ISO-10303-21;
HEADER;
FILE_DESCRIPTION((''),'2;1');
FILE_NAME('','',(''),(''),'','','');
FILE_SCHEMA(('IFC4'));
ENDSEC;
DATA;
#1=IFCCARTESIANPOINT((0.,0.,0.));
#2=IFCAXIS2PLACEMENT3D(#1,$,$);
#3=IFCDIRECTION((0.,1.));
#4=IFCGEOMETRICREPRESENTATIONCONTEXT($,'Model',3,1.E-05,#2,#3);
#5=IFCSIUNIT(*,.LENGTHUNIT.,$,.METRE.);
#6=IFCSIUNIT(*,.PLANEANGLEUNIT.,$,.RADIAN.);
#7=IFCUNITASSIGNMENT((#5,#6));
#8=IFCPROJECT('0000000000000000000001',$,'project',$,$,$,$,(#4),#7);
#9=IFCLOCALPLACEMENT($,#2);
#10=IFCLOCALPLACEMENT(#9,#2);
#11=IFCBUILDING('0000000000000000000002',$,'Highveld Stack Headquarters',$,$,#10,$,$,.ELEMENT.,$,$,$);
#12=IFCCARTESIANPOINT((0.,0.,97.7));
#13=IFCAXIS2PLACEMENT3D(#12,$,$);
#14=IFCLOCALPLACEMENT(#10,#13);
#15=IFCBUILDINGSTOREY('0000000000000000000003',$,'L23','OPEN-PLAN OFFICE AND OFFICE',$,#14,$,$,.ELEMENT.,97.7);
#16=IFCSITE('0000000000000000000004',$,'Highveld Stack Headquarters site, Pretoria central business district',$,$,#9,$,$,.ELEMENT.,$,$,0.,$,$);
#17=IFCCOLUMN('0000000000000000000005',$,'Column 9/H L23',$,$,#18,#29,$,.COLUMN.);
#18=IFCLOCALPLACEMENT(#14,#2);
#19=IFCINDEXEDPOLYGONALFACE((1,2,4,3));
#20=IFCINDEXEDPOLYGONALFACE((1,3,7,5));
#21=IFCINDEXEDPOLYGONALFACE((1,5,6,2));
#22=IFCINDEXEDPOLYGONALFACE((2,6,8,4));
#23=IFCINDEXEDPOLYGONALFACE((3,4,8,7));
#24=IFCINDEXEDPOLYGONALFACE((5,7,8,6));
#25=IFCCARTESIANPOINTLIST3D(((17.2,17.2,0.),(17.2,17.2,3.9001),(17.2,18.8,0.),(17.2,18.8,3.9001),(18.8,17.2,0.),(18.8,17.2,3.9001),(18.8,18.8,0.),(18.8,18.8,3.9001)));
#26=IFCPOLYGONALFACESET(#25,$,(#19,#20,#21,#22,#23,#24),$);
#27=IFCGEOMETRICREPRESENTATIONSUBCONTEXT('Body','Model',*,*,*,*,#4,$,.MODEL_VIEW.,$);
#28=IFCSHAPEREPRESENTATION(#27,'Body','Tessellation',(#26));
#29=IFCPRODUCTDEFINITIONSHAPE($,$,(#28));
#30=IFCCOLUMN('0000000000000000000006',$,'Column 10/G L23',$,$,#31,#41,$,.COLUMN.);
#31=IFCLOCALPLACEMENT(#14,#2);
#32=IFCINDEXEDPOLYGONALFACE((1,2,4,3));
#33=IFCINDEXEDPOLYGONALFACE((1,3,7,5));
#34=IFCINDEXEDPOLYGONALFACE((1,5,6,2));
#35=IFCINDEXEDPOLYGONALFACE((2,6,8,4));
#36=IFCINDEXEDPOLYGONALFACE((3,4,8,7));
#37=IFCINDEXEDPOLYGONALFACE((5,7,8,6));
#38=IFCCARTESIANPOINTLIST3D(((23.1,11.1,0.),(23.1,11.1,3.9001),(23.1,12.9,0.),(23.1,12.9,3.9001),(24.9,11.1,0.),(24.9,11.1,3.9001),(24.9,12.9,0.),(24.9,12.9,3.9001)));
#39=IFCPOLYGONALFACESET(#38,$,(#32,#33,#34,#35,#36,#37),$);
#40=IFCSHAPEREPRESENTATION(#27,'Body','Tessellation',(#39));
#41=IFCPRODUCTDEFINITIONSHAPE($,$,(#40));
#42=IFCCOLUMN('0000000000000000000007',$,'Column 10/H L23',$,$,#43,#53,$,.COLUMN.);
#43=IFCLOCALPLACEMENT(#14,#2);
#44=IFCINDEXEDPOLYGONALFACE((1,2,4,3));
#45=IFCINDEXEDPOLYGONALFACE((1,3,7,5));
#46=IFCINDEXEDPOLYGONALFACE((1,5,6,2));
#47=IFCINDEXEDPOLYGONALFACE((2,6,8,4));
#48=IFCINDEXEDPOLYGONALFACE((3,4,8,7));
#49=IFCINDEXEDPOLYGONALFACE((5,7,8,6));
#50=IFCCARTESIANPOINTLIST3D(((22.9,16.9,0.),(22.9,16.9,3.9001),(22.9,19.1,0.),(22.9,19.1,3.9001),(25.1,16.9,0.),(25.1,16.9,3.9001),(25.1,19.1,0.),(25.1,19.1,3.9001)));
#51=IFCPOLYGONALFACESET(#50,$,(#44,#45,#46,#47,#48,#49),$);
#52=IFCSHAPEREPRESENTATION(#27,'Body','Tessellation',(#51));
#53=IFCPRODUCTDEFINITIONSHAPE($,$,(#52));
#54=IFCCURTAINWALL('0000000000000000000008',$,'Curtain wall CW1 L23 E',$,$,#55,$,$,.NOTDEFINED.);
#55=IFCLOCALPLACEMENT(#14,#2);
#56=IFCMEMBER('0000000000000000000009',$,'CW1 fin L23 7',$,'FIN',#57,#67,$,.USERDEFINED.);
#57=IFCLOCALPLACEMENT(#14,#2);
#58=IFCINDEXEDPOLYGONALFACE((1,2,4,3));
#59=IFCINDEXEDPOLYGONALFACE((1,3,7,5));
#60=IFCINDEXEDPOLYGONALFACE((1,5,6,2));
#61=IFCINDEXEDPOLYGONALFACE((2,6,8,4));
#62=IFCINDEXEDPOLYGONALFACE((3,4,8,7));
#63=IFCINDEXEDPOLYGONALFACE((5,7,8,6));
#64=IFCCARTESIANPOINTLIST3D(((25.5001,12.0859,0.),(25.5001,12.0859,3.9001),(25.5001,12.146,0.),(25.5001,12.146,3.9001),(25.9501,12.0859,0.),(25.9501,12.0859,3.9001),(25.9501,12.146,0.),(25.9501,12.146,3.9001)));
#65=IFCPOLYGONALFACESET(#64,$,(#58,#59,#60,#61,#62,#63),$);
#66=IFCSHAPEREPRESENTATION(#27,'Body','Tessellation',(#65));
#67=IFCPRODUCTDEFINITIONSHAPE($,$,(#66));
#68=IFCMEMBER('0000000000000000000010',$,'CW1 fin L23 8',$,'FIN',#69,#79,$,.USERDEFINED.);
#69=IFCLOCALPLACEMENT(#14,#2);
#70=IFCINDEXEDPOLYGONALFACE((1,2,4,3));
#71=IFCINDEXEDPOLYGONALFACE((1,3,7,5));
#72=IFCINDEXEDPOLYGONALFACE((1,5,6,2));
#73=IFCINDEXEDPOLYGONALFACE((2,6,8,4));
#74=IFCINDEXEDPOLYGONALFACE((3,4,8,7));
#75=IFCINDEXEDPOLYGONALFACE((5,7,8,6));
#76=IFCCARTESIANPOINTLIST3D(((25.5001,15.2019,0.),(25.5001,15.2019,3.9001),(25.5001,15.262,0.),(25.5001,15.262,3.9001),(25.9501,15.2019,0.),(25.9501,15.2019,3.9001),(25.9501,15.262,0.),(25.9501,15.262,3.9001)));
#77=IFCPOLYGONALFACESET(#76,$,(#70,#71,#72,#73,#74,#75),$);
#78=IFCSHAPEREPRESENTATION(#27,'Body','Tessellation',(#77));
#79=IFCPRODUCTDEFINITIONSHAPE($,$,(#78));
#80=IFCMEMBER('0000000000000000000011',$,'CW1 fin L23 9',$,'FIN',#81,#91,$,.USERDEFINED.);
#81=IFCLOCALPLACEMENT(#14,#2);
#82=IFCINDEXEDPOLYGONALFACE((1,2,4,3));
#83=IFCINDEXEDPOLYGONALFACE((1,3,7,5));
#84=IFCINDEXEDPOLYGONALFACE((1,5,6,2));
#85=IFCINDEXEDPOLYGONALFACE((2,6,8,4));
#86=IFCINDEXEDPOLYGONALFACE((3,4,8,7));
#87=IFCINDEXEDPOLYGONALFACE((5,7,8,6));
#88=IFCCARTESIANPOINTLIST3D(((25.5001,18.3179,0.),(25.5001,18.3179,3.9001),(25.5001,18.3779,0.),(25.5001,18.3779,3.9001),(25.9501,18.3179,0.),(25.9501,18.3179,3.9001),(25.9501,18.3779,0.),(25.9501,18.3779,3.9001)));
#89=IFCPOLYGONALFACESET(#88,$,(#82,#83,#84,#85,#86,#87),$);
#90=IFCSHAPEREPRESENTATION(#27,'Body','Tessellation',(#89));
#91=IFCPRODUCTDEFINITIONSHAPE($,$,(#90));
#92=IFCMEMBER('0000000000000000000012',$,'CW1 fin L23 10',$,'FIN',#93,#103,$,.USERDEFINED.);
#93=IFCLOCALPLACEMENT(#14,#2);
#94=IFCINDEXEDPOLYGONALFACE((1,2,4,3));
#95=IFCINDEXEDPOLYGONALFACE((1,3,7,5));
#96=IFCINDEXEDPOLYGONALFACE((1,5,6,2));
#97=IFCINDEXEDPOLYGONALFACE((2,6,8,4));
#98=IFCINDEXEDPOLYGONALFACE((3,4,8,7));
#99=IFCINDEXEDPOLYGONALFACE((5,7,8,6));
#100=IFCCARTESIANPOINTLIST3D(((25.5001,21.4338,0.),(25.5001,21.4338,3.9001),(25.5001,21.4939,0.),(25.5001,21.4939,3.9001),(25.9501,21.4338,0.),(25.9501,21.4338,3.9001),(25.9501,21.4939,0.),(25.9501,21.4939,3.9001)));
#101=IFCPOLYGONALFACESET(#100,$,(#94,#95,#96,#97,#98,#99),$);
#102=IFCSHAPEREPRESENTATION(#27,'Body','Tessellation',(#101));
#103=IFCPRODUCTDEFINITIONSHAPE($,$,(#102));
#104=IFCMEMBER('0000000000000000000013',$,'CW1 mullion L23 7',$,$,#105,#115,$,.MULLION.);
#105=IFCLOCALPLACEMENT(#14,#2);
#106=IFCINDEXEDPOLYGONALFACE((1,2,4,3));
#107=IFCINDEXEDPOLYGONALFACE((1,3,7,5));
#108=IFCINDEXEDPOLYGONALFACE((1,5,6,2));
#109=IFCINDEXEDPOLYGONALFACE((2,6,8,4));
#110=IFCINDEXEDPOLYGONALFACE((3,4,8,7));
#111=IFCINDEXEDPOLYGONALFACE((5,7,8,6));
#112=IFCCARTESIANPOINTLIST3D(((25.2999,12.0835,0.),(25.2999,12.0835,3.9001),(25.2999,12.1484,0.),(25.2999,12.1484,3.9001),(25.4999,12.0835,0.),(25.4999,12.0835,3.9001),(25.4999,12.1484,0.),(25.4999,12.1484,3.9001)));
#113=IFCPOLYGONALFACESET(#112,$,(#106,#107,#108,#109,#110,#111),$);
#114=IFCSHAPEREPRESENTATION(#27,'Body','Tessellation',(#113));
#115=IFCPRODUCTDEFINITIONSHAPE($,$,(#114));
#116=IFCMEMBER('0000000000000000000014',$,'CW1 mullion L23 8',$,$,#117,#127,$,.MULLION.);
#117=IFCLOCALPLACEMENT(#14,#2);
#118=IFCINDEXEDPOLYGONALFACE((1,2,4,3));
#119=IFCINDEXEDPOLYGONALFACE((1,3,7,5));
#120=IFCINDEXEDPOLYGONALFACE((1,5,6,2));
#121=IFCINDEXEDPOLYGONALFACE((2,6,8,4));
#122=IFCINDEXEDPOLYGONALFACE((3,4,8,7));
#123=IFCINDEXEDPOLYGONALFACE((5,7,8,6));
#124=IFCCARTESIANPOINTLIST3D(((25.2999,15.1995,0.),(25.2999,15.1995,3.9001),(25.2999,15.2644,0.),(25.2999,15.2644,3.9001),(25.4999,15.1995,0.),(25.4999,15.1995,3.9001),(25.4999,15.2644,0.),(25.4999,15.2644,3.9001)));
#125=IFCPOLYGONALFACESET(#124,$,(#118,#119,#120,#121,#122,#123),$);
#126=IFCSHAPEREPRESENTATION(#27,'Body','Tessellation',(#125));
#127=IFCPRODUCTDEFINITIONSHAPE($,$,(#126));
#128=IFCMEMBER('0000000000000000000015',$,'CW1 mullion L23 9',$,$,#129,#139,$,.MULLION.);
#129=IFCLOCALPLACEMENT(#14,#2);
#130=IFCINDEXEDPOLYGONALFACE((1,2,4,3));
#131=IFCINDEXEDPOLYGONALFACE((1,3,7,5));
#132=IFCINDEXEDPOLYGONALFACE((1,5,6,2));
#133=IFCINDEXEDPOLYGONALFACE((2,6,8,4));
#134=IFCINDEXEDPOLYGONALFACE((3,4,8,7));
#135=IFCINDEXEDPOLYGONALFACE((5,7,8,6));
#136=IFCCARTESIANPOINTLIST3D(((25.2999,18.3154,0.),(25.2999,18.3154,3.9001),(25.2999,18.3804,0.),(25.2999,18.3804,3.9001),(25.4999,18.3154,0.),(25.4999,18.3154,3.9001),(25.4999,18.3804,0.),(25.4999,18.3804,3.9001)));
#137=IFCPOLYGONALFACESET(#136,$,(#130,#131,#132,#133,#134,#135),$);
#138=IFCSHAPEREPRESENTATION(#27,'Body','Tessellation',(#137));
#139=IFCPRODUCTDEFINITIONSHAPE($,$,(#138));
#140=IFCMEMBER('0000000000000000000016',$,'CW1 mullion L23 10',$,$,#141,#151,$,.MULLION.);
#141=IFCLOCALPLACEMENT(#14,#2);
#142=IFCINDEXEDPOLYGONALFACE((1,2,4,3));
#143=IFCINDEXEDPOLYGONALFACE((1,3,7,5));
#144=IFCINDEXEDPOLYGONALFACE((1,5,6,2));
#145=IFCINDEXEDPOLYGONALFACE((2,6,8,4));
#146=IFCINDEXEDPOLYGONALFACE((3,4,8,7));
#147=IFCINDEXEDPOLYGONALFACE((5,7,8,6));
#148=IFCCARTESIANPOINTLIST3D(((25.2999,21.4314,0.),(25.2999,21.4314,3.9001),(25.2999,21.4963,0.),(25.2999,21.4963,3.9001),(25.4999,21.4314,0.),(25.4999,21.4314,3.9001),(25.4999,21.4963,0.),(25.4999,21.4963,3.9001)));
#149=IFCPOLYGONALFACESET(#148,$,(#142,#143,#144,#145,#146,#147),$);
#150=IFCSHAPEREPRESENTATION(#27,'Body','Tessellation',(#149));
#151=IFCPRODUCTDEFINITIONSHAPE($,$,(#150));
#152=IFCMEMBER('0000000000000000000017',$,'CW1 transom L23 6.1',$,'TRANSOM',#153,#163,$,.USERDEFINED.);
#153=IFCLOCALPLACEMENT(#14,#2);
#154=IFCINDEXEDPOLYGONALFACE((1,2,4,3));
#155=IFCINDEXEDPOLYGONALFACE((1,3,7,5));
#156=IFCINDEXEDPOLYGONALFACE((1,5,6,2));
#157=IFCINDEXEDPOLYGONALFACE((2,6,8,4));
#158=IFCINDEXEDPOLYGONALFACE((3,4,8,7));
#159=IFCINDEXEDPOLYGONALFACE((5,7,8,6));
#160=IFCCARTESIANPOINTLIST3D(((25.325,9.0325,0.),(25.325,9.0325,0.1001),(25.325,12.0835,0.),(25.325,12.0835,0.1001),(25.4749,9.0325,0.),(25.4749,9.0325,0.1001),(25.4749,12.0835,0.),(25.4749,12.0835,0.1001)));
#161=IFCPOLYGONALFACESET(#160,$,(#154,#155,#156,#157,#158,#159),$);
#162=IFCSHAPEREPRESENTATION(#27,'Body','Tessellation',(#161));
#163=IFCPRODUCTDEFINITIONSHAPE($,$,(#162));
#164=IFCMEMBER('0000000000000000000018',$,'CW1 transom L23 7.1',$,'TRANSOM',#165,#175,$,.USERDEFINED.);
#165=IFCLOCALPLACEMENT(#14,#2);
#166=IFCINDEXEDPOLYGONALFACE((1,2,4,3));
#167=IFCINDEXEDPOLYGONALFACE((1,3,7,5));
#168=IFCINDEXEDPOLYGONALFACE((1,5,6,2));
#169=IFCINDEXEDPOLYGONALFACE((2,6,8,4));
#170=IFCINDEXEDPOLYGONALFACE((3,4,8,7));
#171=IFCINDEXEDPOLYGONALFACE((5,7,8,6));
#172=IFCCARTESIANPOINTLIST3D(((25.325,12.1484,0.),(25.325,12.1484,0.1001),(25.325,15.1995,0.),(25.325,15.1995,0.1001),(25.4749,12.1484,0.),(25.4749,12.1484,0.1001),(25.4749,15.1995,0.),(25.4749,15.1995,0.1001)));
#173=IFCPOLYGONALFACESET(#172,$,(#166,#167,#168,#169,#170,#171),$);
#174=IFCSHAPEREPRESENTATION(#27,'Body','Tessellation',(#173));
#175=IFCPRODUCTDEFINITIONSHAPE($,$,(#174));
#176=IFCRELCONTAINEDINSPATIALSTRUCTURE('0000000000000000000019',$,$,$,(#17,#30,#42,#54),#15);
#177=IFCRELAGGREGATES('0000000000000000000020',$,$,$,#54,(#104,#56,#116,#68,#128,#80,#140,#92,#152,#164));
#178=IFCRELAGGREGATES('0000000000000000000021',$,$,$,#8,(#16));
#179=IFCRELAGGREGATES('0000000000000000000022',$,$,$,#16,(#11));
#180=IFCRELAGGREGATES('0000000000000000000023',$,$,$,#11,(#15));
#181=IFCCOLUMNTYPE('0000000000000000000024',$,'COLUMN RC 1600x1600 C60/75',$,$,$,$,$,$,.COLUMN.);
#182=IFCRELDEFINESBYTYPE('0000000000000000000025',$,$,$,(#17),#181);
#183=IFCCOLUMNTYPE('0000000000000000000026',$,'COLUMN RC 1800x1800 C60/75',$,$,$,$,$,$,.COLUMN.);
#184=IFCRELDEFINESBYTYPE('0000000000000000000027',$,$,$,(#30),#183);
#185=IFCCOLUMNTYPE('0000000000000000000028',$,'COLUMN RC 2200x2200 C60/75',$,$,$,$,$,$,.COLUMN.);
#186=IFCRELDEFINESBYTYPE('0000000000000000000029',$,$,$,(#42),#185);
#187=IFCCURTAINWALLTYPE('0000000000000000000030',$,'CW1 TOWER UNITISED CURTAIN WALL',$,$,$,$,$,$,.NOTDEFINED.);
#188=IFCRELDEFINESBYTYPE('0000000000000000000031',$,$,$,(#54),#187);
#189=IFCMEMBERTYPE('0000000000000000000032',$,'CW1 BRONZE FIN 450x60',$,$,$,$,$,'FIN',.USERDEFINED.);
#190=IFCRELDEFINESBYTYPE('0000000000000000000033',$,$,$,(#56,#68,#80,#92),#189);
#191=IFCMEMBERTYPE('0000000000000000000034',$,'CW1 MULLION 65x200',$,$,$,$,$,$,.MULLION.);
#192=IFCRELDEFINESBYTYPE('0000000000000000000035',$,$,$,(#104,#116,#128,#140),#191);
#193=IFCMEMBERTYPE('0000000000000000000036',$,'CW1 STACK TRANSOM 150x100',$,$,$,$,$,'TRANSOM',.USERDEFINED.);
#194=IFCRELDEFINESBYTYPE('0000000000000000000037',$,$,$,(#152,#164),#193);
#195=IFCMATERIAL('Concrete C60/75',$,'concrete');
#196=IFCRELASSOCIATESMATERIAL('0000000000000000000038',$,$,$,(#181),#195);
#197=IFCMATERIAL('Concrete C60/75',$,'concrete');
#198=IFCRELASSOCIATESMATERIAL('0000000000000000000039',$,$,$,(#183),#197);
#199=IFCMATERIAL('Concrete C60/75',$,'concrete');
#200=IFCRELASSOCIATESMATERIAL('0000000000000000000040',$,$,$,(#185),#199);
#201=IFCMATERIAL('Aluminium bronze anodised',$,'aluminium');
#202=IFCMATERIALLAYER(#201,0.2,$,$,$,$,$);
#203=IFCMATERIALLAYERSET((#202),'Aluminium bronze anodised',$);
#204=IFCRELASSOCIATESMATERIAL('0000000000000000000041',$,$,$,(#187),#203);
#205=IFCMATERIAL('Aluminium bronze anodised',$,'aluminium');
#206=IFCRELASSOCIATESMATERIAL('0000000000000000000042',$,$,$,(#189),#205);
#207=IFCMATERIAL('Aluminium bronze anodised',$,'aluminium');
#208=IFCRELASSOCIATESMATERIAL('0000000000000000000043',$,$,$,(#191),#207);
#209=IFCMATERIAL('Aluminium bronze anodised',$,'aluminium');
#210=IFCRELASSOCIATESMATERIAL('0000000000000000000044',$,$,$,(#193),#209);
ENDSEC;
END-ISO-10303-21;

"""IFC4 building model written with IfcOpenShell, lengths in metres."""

from ifc_helpers import new_model, si_unit, direction, frame, origin, origin_2d, place, context, subcontext, project, spatial, rectangle, extrude, material, layer, layer_set, material_profile, profile_set, type_object, element, aggregate, save


model = new_model("IFC4")

# Units and contexts
model_context = context("Model", 3, precision=1e-05, world=origin(), true_north=direction((0.0, 1.0)))
body_context = subcontext(model_context, "Body", "Model", "MODEL_VIEW")
ifc_project = project(units=[si_unit("LENGTHUNIT", "METRE"), si_unit("PLANEANGLEUNIT", "RADIAN")], contexts=[model_context])

# Site, building, storey
site_placement = place(None, origin())
site = spatial("IfcSite", under=ifc_project, at=site_placement, Name="Highveld Stack Headquarters site, Pretoria central business district", CompositionType="ELEMENT", RefElevation=0.0)
building_placement = place(site_placement, origin())
building = spatial("IfcBuilding", under=site, at=building_placement, Name="Highveld Stack Headquarters", CompositionType="ELEMENT")
storey_placement = place(building_placement, frame((0.0, 0.0, 97.7)))
storey = spatial("IfcBuildingStorey", under=building, at=storey_placement, Name="L23", Description="OPEN-PLAN OFFICE AND OFFICE", CompositionType="ELEMENT", Elevation=97.7)

# Columns
ifc_material_1 = material(Name="Concrete C60/75", Category="concrete")
ifc_material_profile_1 = material_profile(ifc_material_1, rectangle(XDim=1.6001, YDim=1.6001, at=origin_2d()), Name="RC 1600x1600")
ifc_profile_set_1 = profile_set([ifc_material_profile_1], Name="Concrete C60/75")
column_type_1 = type_object("IfcColumnType", Name="COLUMN RC 1600x1600 C60/75", PredefinedType="COLUMN", material=ifc_profile_set_1)
column_1_placement = place(storey_placement, frame((18.0, 18.0, 0.0), z_axis=(0.0, 0.0, 1.0), x_axis=(1.0, 0.0, 0.0)))
element("IfcColumn", 1, at=column_1_placement, inside=storey, type_object=column_type_1, Name="Column 9/H L23", PredefinedType="COLUMN", context=body_context, shape_type="SweptSolid", body=[
    extrude(rectangle(XDim=1.6001, YDim=1.6001, at=origin_2d()), origin(), (0.0, 0.0, 1.0), 3.9001),
])
ifc_material_2 = material(Name="Concrete C60/75", Category="concrete")
ifc_material_profile_2 = material_profile(ifc_material_2, rectangle(XDim=1.8, YDim=1.8, at=origin_2d()), Name="RC 1800x1800")
ifc_profile_set_2 = profile_set([ifc_material_profile_2], Name="Concrete C60/75")
column_type_2 = type_object("IfcColumnType", Name="COLUMN RC 1800x1800 C60/75", PredefinedType="COLUMN", material=ifc_profile_set_2)
column_2_placement = place(storey_placement, frame((24.0, 12.0, 0.0), z_axis=(0.0, 0.0, 1.0), x_axis=(1.0, 0.0, 0.0)))
element("IfcColumn", 2, at=column_2_placement, inside=storey, type_object=column_type_2, Name="Column 10/G L23", PredefinedType="COLUMN", context=body_context, shape_type="SweptSolid", body=[
    extrude(rectangle(XDim=1.8, YDim=1.8, at=origin_2d()), origin(), (0.0, 0.0, 1.0), 3.9001),
])
ifc_material_3 = material(Name="Concrete C60/75", Category="concrete")
ifc_material_profile_3 = material_profile(ifc_material_3, rectangle(XDim=2.2, YDim=2.2, at=origin_2d()), Name="RC 2200x2200")
ifc_profile_set_3 = profile_set([ifc_material_profile_3], Name="Concrete C60/75")
column_type_3 = type_object("IfcColumnType", Name="COLUMN RC 2200x2200 C60/75", PredefinedType="COLUMN", material=ifc_profile_set_3)
column_3_placement = place(storey_placement, frame((24.0, 18.0, 0.0), z_axis=(0.0, 0.0, 1.0), x_axis=(1.0, 0.0, 0.0)))
element("IfcColumn", 3, at=column_3_placement, inside=storey, type_object=column_type_3, Name="Column 10/H L23", PredefinedType="COLUMN", context=body_context, shape_type="SweptSolid", body=[
    extrude(rectangle(XDim=2.2, YDim=2.2, at=origin_2d()), origin(), (0.0, 0.0, 1.0), 3.9001),
])

# Curtain wall, members
ifc_material_4 = material(Name="Aluminium bronze anodised", Category="aluminium")
ifc_layer_1 = layer(ifc_material_4, 0.2)
ifc_layer_set_1 = layer_set([ifc_layer_1], Name="Aluminium bronze anodised")
curtain_wall_type = type_object("IfcCurtainWallType", Name="CW1 TOWER UNITISED CURTAIN WALL", PredefinedType="NOTDEFINED", material=ifc_layer_set_1)
curtain_wall_placement = place(storey_placement, origin())
curtain_wall = element("IfcCurtainWall", 4, at=curtain_wall_placement, inside=storey, type_object=curtain_wall_type, Name="Curtain wall CW1 L23 E", PredefinedType="NOTDEFINED")
ifc_material_5 = material(Name="Aluminium bronze anodised", Category="aluminium")
ifc_material_profile_4 = material_profile(ifc_material_5, rectangle(XDim=0.45, YDim=0.0601, at=origin_2d()), Name="FIN 450x60")
ifc_profile_set_4 = profile_set([ifc_material_profile_4], Name="Aluminium bronze anodised")
member_type_1 = type_object("IfcMemberType", Name="CW1 BRONZE FIN 450x60", ElementType="FIN", PredefinedType="USERDEFINED", material=ifc_profile_set_4)
member_1_placement = place(storey_placement, frame((25.7251, 12.116, 0.0), z_axis=(0.0, 0.0, 1.0), x_axis=(-1.0, 0.0, 0.0)))
member_1 = element("IfcMember", 5, at=member_1_placement, type_object=member_type_1, Name="CW1 fin L23 7", ObjectType="FIN", PredefinedType="USERDEFINED", context=body_context, shape_type="SweptSolid", body=[
    extrude(rectangle(XDim=0.45, YDim=0.0601, at=origin_2d()), origin(), (0.0, 0.0, 1.0), 3.9001),
])
member_2_placement = place(storey_placement, frame((25.7251, 15.2319, 0.0), z_axis=(0.0, 0.0, 1.0), x_axis=(-1.0, 0.0, 0.0)))
member_2 = element("IfcMember", 6, at=member_2_placement, type_object=member_type_1, Name="CW1 fin L23 8", ObjectType="FIN", PredefinedType="USERDEFINED", context=body_context, shape_type="SweptSolid", body=[
    extrude(rectangle(XDim=0.45, YDim=0.0601, at=origin_2d()), origin(), (0.0, 0.0, 1.0), 3.9001),
])
member_3_placement = place(storey_placement, frame((25.7251, 18.3479, 0.0), z_axis=(0.0, 0.0, 1.0), x_axis=(-1.0, 0.0, 0.0)))
member_3 = element("IfcMember", 7, at=member_3_placement, type_object=member_type_1, Name="CW1 fin L23 9", ObjectType="FIN", PredefinedType="USERDEFINED", context=body_context, shape_type="SweptSolid", body=[
    extrude(rectangle(XDim=0.45, YDim=0.0601, at=origin_2d()), origin(), (0.0, 0.0, 1.0), 3.9001),
])
member_4_placement = place(storey_placement, frame((25.7251, 21.4639, 0.0), z_axis=(0.0, 0.0, 1.0), x_axis=(-1.0, 0.0, 0.0)))
member_4 = element("IfcMember", 8, at=member_4_placement, type_object=member_type_1, Name="CW1 fin L23 10", ObjectType="FIN", PredefinedType="USERDEFINED", context=body_context, shape_type="SweptSolid", body=[
    extrude(rectangle(XDim=0.45, YDim=0.0601, at=origin_2d()), origin(), (0.0, 0.0, 1.0), 3.9001),
])
ifc_material_6 = material(Name="Aluminium bronze anodised", Category="aluminium")
ifc_material_profile_5 = material_profile(ifc_material_6, rectangle(XDim=0.2, YDim=0.0649, at=origin_2d()), Name="CW1 MULLION 65x200")
ifc_profile_set_5 = profile_set([ifc_material_profile_5], Name="Aluminium bronze anodised")
member_type_2 = type_object("IfcMemberType", Name="CW1 MULLION 65x200", PredefinedType="MULLION", material=ifc_profile_set_5)
member_5_placement = place(storey_placement, frame((25.3999, 12.116, 0.0), z_axis=(0.0, 0.0, 1.0), x_axis=(-1.0, 0.0, 0.0)))
member_5 = element("IfcMember", 9, at=member_5_placement, type_object=member_type_2, Name="CW1 mullion L23 7", PredefinedType="MULLION", context=body_context, shape_type="SweptSolid", body=[
    extrude(rectangle(XDim=0.2, YDim=0.0649, at=origin_2d()), origin(), (0.0, 0.0, 1.0), 3.9001),
])
member_6_placement = place(storey_placement, frame((25.3999, 15.2319, 0.0), z_axis=(0.0, 0.0, 1.0), x_axis=(-1.0, 0.0, 0.0)))
member_6 = element("IfcMember", 10, at=member_6_placement, type_object=member_type_2, Name="CW1 mullion L23 8", PredefinedType="MULLION", context=body_context, shape_type="SweptSolid", body=[
    extrude(rectangle(XDim=0.2, YDim=0.0649, at=origin_2d()), origin(), (0.0, 0.0, 1.0), 3.9001),
])
member_7_placement = place(storey_placement, frame((25.3999, 18.3479, 0.0), z_axis=(0.0, 0.0, 1.0), x_axis=(-1.0, 0.0, 0.0)))
member_7 = element("IfcMember", 11, at=member_7_placement, type_object=member_type_2, Name="CW1 mullion L23 9", PredefinedType="MULLION", context=body_context, shape_type="SweptSolid", body=[
    extrude(rectangle(XDim=0.2, YDim=0.0649, at=origin_2d()), origin(), (0.0, 0.0, 1.0), 3.9001),
])
member_8_placement = place(storey_placement, frame((25.3999, 21.4639, 0.0), z_axis=(0.0, 0.0, 1.0), x_axis=(-1.0, 0.0, 0.0)))
member_8 = element("IfcMember", 12, at=member_8_placement, type_object=member_type_2, Name="CW1 mullion L23 10", PredefinedType="MULLION", context=body_context, shape_type="SweptSolid", body=[
    extrude(rectangle(XDim=0.2, YDim=0.0649, at=origin_2d()), origin(), (0.0, 0.0, 1.0), 3.9001),
])
ifc_material_7 = material(Name="Aluminium bronze anodised", Category="aluminium")
ifc_material_profile_6 = material_profile(ifc_material_7, rectangle(XDim=0.1499, YDim=0.1001, at=origin_2d()), Name="CW1 TRANSOM 150x100")
ifc_profile_set_6 = profile_set([ifc_material_profile_6], Name="Aluminium bronze anodised")
member_type_3 = type_object("IfcMemberType", Name="CW1 STACK TRANSOM 150x100", ElementType="TRANSOM", PredefinedType="USERDEFINED", material=ifc_profile_set_6)
member_9_placement = place(storey_placement, frame((25.3999, 9.0325, 0.05), z_axis=(0.0, 1.0, 0.0), x_axis=(-1.0, 0.0, 0.0)))
member_9 = element("IfcMember", 13, at=member_9_placement, type_object=member_type_3, Name="CW1 transom L23 6.1", ObjectType="TRANSOM", PredefinedType="USERDEFINED", context=body_context, shape_type="SweptSolid", body=[
    extrude(rectangle(XDim=0.1499, YDim=0.1001, at=origin_2d()), origin(), (0.0, 0.0, 1.0), 3.051),
])
member_10_placement = place(storey_placement, frame((25.3999, 12.1484, 0.05), z_axis=(0.0, 1.0, 0.0), x_axis=(-1.0, 0.0, 0.0)))
member_10 = element("IfcMember", 14, at=member_10_placement, type_object=member_type_3, Name="CW1 transom L23 7.1", ObjectType="TRANSOM", PredefinedType="USERDEFINED", context=body_context, shape_type="SweptSolid", body=[
    extrude(rectangle(XDim=0.1499, YDim=0.1001, at=origin_2d()), origin(), (0.0, 0.0, 1.0), 3.051),
])
aggregate(curtain_wall, [member_5, member_1, member_6, member_2, member_7, member_3, member_8, member_4, member_9, member_10])

save(model, "model.ifc")
